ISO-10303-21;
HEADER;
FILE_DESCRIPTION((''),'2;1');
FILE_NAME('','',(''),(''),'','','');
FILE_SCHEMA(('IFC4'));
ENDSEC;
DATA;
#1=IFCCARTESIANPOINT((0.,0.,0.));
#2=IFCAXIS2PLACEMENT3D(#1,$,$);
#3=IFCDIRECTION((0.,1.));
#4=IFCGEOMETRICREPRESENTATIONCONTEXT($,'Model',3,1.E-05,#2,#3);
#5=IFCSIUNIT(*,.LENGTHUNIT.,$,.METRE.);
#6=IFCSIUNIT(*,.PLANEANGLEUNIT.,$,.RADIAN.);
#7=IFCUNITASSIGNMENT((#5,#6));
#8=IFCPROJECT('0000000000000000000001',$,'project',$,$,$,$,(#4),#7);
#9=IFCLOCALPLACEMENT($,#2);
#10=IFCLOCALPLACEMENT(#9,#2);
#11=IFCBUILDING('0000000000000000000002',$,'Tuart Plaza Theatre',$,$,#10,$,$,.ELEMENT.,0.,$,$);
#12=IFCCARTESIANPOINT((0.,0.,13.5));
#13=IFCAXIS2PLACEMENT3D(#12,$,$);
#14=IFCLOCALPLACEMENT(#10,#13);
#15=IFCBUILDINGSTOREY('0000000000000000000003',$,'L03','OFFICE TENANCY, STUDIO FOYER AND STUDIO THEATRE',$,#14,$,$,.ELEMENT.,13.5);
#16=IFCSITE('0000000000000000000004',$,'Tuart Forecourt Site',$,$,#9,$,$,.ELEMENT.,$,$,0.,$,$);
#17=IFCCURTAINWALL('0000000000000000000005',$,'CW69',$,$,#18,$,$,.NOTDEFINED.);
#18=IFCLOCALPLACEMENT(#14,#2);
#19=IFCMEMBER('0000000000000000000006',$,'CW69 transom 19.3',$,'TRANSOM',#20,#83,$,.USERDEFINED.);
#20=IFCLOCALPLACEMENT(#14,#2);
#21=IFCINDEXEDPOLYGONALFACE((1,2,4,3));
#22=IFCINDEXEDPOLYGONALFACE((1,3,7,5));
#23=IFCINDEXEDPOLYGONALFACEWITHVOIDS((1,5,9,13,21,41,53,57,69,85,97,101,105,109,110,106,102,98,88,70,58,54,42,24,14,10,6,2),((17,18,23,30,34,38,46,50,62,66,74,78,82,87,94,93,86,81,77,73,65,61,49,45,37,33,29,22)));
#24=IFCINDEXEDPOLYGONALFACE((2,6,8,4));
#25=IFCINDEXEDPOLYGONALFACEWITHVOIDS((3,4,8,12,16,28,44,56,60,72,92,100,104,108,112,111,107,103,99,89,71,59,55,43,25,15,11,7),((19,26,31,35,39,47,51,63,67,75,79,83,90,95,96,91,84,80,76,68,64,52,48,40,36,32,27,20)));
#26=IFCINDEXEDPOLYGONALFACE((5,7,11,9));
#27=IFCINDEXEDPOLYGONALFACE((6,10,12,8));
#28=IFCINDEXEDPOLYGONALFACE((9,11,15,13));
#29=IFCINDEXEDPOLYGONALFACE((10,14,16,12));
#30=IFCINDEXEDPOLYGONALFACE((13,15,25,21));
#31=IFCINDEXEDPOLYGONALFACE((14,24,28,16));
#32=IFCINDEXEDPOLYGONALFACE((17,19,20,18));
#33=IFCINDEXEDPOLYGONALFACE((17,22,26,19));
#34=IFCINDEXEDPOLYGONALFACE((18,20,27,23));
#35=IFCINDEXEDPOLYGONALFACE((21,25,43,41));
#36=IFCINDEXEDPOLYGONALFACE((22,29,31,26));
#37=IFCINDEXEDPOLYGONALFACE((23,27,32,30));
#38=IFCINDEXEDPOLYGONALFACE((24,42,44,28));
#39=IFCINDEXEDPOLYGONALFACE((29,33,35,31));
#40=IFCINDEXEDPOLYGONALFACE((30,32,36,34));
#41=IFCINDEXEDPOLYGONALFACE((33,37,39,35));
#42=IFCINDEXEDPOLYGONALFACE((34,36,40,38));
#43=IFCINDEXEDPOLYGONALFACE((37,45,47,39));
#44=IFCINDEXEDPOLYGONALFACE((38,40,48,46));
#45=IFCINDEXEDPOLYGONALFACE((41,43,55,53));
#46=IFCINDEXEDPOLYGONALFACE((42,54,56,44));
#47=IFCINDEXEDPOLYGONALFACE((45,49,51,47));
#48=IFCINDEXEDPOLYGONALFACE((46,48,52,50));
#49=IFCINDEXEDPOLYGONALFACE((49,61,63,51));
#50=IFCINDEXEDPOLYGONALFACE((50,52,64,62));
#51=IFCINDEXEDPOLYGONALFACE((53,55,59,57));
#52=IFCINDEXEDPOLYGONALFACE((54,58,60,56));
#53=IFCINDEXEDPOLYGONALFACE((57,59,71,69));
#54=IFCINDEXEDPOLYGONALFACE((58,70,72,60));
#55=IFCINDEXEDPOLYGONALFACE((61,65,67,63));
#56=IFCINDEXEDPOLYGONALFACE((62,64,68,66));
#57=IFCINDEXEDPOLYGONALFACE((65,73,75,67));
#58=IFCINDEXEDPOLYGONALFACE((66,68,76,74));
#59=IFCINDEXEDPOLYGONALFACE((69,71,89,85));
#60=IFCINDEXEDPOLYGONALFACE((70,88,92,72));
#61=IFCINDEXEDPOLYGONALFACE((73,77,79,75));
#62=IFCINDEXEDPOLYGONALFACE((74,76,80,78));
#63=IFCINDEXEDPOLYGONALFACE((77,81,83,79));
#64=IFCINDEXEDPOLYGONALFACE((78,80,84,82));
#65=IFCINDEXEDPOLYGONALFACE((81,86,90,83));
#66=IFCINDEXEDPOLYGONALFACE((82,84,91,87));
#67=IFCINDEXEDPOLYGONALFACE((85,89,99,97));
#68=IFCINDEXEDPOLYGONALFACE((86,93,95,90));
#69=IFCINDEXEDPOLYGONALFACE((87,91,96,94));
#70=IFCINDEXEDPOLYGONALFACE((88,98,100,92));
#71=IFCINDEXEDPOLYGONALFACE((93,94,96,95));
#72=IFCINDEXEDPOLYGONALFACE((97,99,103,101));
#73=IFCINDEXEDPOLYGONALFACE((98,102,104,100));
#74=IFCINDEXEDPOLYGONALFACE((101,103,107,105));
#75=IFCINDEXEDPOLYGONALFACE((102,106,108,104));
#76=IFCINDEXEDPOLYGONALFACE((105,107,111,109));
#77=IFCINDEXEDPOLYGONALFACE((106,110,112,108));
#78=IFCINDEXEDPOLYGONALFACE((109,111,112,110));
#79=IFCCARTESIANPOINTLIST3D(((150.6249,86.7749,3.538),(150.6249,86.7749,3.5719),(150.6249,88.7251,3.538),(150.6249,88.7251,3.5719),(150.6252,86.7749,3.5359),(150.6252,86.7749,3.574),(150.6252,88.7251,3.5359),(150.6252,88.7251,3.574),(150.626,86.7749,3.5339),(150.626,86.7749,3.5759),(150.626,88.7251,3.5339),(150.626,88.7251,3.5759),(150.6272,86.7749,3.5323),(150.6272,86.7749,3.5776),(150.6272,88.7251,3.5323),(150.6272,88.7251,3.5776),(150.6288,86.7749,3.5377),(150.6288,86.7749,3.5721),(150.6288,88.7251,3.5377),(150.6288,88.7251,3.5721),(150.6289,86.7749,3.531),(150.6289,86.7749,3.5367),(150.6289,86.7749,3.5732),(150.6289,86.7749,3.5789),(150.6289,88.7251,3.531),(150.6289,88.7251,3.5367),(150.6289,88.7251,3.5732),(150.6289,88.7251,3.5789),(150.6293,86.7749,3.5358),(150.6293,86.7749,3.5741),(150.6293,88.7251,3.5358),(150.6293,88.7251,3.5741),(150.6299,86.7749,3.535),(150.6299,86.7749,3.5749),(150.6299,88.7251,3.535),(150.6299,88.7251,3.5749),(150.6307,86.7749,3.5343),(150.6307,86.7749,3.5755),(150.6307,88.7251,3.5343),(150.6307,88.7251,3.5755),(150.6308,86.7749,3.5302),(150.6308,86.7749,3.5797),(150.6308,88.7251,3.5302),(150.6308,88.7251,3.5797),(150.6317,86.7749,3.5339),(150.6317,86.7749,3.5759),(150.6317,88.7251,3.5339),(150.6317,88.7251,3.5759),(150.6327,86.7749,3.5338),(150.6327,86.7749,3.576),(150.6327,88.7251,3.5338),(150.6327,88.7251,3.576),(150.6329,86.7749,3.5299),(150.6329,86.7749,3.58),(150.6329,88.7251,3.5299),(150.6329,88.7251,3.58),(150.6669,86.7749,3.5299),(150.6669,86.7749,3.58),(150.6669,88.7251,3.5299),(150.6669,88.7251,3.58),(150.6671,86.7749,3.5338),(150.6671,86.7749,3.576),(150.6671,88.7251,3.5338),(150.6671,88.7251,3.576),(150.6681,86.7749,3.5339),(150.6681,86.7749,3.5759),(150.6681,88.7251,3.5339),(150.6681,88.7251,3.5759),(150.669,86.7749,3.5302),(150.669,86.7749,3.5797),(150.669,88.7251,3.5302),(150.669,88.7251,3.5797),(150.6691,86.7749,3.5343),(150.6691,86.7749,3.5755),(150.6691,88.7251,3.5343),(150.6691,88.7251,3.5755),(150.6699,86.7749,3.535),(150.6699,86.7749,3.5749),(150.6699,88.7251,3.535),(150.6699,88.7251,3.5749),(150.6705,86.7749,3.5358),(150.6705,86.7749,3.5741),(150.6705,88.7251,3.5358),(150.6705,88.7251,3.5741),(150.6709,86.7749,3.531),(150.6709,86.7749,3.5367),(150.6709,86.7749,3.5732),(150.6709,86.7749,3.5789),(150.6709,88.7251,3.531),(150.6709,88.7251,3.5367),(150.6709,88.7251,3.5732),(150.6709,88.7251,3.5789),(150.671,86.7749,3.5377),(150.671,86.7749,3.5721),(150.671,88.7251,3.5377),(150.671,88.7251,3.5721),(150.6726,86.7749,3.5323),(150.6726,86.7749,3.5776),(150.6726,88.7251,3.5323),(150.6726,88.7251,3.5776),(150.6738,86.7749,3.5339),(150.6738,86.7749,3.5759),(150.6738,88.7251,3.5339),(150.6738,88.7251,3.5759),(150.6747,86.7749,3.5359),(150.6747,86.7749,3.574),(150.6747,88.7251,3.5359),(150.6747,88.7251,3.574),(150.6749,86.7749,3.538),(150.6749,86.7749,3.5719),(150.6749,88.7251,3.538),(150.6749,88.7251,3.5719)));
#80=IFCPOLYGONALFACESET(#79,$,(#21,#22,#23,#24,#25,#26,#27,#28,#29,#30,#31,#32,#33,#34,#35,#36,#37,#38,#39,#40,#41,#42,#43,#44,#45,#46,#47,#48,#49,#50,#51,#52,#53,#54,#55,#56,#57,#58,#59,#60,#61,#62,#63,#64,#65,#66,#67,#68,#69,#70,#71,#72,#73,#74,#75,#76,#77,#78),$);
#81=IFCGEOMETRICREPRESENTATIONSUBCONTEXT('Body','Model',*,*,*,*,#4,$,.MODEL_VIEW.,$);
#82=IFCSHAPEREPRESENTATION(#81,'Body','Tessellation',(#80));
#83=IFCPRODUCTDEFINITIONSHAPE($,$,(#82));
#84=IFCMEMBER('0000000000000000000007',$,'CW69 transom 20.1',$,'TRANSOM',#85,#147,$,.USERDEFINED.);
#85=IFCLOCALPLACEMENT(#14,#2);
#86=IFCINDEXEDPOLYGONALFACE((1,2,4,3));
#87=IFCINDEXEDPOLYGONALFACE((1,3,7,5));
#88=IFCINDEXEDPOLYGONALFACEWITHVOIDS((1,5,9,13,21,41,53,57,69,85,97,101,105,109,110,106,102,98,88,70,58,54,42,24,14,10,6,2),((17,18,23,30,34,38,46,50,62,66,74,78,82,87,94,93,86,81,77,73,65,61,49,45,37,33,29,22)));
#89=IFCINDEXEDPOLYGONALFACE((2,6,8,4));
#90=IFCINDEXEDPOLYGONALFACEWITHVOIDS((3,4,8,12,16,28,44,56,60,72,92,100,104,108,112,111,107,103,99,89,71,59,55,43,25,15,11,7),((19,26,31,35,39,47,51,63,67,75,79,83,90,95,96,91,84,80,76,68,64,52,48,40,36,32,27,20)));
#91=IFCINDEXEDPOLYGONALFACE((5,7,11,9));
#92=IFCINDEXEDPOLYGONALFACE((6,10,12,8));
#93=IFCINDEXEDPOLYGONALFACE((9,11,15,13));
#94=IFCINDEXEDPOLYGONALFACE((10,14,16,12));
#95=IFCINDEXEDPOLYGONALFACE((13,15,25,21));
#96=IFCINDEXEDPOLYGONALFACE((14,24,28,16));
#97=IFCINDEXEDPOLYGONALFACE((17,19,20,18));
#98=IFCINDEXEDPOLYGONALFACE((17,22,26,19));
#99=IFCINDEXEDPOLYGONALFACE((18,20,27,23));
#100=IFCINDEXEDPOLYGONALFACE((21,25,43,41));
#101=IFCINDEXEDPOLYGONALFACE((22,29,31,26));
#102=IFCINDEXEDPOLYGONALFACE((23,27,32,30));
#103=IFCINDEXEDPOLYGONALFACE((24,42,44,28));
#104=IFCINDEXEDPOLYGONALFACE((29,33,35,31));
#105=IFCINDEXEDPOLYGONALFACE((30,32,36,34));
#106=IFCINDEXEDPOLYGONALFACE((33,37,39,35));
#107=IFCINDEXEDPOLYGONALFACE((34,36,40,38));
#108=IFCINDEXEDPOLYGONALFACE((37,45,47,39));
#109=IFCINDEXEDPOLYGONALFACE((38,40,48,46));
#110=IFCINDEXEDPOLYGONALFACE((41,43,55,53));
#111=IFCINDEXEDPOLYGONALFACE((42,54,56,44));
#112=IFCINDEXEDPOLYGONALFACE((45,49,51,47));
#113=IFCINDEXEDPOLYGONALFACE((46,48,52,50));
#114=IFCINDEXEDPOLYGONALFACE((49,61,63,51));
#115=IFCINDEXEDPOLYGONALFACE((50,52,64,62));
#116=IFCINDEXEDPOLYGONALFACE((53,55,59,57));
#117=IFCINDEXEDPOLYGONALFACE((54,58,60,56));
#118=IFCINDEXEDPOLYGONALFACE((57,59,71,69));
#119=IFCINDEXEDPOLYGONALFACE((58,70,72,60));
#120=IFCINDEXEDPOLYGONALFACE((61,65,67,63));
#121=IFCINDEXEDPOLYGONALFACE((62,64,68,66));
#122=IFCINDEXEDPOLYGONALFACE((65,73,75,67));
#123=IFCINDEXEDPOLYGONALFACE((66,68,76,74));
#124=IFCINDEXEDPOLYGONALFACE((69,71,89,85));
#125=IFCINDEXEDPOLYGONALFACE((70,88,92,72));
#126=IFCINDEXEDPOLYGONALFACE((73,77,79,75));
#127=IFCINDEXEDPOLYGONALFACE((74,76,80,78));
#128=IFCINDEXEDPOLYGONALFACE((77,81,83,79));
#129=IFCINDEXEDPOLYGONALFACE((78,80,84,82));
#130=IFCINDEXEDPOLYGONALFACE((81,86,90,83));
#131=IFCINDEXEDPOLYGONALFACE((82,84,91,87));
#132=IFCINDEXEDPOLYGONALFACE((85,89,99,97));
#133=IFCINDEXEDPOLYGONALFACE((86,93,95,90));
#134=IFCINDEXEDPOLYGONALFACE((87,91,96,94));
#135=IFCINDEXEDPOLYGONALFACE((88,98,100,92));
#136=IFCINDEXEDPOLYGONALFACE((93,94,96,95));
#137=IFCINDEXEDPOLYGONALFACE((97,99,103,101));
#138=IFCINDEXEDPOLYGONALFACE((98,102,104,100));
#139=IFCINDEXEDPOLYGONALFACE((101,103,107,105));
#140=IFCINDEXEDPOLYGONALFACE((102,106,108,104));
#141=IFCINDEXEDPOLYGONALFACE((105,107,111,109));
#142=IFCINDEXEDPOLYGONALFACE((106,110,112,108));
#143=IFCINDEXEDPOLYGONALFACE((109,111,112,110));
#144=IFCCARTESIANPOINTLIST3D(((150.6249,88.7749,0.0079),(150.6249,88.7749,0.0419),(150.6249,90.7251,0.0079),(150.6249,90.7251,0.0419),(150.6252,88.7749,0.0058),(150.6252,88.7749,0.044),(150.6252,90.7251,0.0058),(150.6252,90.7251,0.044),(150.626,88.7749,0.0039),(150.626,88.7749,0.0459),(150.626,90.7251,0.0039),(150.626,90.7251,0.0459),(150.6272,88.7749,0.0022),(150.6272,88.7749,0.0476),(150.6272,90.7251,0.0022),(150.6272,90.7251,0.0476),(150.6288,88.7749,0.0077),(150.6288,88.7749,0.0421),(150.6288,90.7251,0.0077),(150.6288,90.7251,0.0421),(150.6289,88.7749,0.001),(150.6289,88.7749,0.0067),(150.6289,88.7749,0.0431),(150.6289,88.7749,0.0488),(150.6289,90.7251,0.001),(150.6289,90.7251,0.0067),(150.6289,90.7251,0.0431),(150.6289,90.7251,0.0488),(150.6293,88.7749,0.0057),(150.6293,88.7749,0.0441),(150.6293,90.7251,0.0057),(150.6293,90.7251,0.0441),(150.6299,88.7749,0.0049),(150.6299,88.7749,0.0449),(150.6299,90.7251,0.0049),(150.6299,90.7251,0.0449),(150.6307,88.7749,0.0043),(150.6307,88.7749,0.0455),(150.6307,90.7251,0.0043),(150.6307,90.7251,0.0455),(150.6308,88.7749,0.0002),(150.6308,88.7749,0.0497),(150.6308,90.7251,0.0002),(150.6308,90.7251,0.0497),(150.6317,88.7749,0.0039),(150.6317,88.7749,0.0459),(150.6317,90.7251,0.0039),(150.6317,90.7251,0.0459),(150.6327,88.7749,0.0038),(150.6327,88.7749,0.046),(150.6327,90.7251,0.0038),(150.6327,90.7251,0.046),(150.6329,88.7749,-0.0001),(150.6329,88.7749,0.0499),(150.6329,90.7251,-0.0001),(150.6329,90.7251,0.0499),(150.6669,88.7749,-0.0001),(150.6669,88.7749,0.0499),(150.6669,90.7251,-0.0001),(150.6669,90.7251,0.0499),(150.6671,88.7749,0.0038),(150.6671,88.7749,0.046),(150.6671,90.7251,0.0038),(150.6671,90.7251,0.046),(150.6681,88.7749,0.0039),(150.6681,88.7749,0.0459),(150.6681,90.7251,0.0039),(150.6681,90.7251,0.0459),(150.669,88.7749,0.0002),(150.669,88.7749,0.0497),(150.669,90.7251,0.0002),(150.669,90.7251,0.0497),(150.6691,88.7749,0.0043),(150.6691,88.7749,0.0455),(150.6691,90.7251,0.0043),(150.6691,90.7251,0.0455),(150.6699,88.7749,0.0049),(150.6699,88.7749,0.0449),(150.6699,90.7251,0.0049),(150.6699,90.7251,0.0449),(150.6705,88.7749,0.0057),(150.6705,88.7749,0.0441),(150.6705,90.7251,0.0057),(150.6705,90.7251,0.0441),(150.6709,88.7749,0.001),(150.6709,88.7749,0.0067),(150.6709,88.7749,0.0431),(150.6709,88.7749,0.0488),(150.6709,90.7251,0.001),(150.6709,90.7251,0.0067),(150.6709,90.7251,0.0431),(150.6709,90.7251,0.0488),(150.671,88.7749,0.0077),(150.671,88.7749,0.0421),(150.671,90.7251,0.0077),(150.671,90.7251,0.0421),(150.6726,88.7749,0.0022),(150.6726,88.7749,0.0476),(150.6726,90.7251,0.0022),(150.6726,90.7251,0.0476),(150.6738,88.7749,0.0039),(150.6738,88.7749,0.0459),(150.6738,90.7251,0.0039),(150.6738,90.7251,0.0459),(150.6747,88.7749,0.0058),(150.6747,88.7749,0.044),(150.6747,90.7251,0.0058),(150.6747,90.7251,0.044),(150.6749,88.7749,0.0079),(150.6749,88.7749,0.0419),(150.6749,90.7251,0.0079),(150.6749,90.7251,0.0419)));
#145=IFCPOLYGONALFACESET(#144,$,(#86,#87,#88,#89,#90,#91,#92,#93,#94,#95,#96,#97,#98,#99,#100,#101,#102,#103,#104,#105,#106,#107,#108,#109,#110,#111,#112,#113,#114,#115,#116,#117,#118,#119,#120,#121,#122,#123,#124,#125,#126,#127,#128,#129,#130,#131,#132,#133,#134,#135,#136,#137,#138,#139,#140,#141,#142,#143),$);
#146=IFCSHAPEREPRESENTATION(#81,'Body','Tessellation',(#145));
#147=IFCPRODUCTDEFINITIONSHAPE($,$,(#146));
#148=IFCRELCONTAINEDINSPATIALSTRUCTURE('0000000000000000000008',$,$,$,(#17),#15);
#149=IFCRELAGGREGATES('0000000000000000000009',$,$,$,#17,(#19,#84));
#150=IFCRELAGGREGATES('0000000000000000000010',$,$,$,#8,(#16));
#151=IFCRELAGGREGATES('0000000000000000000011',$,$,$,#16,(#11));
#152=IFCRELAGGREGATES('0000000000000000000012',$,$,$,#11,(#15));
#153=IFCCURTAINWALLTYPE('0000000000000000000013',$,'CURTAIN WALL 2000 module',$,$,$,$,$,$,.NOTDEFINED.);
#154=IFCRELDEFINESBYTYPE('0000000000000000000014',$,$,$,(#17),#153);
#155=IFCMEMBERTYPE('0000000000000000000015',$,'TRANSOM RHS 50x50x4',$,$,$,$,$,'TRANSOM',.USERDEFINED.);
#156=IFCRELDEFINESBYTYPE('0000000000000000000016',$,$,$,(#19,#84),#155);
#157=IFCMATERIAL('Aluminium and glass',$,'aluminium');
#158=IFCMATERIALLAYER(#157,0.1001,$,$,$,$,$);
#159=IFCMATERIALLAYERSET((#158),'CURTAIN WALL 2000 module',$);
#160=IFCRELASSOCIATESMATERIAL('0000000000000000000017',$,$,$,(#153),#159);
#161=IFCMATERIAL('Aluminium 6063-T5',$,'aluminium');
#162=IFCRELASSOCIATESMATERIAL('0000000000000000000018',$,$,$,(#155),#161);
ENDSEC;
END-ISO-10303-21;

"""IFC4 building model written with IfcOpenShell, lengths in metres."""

from ifc_helpers import new_model, si_unit, direction, frame, origin, origin_2d, place, context, subcontext, project, spatial, hollow_rectangle, extrude, material, layer, layer_set, material_profile, profile_set, type_object, element, aggregate, save


model = new_model("IFC4")

# Units and contexts
model_context = context("Model", 3, precision=1e-05, world=origin(), true_north=direction((0.0, 1.0)))
body_context = subcontext(model_context, "Body", "Model", "MODEL_VIEW")
ifc_project = project(units=[si_unit("LENGTHUNIT", "METRE"), si_unit("PLANEANGLEUNIT", "RADIAN")], contexts=[model_context])

# Site, building, storey
site_placement = place(None, origin())
site = spatial("IfcSite", under=ifc_project, at=site_placement, Name="Tuart Forecourt Site", CompositionType="ELEMENT", RefElevation=0.0)
building_placement = place(site_placement, origin())
building = spatial("IfcBuilding", under=site, at=building_placement, Name="Tuart Plaza Theatre", CompositionType="ELEMENT", ElevationOfRefHeight=0.0)
storey_placement = place(building_placement, frame((0.0, 0.0, 13.5)))
storey = spatial("IfcBuildingStorey", under=building, at=storey_placement, Name="L03", Description="OFFICE TENANCY, STUDIO FOYER AND STUDIO THEATRE", CompositionType="ELEMENT", Elevation=13.5)

# Curtain wall, members
ifc_material_1 = material(Name="Aluminium and glass", Category="aluminium")
ifc_layer_1 = layer(ifc_material_1, 0.1001)
ifc_layer_set_1 = layer_set([ifc_layer_1], Name="CURTAIN WALL 2000 module")
curtain_wall_type = type_object("IfcCurtainWallType", Name="CURTAIN WALL 2000 module", PredefinedType="NOTDEFINED", material=ifc_layer_set_1)
curtain_wall_placement = place(storey_placement, origin())
curtain_wall = element("IfcCurtainWall", 1, at=curtain_wall_placement, inside=storey, type_object=curtain_wall_type, Name="CW69", PredefinedType="NOTDEFINED")
ifc_material_2 = material(Name="Aluminium 6063-T5", Category="aluminium")
ifc_material_profile_1 = material_profile(ifc_material_2, hollow_rectangle(XDim=0.05, YDim=0.05, WallThickness=0.0039, InnerFilletRadius=0.0039, OuterFilletRadius=0.0081, at=origin_2d()), Name="RHS 50x50x4")
ifc_profile_set_1 = profile_set([ifc_material_profile_1], Name="Aluminium 6063-T5")
member_type_1 = type_object("IfcMemberType", Name="TRANSOM RHS 50x50x4", ElementType="TRANSOM", PredefinedType="USERDEFINED", material=ifc_profile_set_1)
member_1_placement = place(storey_placement, frame((150.6499, 86.7749, 3.5549), z_axis=(0.0, 1.0, 0.0), x_axis=(-1.0, 0.0, 0.0)))
member_1 = element("IfcMember", 2, at=member_1_placement, type_object=member_type_1, Name="CW69 transom 19.3", ObjectType="TRANSOM", PredefinedType="USERDEFINED", context=body_context, shape_type="SweptSolid", body=[
    extrude(hollow_rectangle(XDim=0.05, YDim=0.05, WallThickness=0.0039, InnerFilletRadius=0.0039, OuterFilletRadius=0.0081, at=origin_2d()), origin(), (0.0, 0.0, 1.0), 1.9502),
])
member_2_placement = place(storey_placement, frame((150.6499, 88.7749, 0.0249), z_axis=(0.0, 1.0, 0.0), x_axis=(-1.0, 0.0, 0.0)))
member_2 = element("IfcMember", 3, at=member_2_placement, type_object=member_type_1, Name="CW69 transom 20.1", ObjectType="TRANSOM", PredefinedType="USERDEFINED", context=body_context, shape_type="SweptSolid", body=[
    extrude(hollow_rectangle(XDim=0.05, YDim=0.05, WallThickness=0.0039, InnerFilletRadius=0.0039, OuterFilletRadius=0.0081, at=origin_2d()), origin(), (0.0, 0.0, 1.0), 1.9502),
])
aggregate(curtain_wall, [member_1, member_2])

save(model, "model.ifc")
